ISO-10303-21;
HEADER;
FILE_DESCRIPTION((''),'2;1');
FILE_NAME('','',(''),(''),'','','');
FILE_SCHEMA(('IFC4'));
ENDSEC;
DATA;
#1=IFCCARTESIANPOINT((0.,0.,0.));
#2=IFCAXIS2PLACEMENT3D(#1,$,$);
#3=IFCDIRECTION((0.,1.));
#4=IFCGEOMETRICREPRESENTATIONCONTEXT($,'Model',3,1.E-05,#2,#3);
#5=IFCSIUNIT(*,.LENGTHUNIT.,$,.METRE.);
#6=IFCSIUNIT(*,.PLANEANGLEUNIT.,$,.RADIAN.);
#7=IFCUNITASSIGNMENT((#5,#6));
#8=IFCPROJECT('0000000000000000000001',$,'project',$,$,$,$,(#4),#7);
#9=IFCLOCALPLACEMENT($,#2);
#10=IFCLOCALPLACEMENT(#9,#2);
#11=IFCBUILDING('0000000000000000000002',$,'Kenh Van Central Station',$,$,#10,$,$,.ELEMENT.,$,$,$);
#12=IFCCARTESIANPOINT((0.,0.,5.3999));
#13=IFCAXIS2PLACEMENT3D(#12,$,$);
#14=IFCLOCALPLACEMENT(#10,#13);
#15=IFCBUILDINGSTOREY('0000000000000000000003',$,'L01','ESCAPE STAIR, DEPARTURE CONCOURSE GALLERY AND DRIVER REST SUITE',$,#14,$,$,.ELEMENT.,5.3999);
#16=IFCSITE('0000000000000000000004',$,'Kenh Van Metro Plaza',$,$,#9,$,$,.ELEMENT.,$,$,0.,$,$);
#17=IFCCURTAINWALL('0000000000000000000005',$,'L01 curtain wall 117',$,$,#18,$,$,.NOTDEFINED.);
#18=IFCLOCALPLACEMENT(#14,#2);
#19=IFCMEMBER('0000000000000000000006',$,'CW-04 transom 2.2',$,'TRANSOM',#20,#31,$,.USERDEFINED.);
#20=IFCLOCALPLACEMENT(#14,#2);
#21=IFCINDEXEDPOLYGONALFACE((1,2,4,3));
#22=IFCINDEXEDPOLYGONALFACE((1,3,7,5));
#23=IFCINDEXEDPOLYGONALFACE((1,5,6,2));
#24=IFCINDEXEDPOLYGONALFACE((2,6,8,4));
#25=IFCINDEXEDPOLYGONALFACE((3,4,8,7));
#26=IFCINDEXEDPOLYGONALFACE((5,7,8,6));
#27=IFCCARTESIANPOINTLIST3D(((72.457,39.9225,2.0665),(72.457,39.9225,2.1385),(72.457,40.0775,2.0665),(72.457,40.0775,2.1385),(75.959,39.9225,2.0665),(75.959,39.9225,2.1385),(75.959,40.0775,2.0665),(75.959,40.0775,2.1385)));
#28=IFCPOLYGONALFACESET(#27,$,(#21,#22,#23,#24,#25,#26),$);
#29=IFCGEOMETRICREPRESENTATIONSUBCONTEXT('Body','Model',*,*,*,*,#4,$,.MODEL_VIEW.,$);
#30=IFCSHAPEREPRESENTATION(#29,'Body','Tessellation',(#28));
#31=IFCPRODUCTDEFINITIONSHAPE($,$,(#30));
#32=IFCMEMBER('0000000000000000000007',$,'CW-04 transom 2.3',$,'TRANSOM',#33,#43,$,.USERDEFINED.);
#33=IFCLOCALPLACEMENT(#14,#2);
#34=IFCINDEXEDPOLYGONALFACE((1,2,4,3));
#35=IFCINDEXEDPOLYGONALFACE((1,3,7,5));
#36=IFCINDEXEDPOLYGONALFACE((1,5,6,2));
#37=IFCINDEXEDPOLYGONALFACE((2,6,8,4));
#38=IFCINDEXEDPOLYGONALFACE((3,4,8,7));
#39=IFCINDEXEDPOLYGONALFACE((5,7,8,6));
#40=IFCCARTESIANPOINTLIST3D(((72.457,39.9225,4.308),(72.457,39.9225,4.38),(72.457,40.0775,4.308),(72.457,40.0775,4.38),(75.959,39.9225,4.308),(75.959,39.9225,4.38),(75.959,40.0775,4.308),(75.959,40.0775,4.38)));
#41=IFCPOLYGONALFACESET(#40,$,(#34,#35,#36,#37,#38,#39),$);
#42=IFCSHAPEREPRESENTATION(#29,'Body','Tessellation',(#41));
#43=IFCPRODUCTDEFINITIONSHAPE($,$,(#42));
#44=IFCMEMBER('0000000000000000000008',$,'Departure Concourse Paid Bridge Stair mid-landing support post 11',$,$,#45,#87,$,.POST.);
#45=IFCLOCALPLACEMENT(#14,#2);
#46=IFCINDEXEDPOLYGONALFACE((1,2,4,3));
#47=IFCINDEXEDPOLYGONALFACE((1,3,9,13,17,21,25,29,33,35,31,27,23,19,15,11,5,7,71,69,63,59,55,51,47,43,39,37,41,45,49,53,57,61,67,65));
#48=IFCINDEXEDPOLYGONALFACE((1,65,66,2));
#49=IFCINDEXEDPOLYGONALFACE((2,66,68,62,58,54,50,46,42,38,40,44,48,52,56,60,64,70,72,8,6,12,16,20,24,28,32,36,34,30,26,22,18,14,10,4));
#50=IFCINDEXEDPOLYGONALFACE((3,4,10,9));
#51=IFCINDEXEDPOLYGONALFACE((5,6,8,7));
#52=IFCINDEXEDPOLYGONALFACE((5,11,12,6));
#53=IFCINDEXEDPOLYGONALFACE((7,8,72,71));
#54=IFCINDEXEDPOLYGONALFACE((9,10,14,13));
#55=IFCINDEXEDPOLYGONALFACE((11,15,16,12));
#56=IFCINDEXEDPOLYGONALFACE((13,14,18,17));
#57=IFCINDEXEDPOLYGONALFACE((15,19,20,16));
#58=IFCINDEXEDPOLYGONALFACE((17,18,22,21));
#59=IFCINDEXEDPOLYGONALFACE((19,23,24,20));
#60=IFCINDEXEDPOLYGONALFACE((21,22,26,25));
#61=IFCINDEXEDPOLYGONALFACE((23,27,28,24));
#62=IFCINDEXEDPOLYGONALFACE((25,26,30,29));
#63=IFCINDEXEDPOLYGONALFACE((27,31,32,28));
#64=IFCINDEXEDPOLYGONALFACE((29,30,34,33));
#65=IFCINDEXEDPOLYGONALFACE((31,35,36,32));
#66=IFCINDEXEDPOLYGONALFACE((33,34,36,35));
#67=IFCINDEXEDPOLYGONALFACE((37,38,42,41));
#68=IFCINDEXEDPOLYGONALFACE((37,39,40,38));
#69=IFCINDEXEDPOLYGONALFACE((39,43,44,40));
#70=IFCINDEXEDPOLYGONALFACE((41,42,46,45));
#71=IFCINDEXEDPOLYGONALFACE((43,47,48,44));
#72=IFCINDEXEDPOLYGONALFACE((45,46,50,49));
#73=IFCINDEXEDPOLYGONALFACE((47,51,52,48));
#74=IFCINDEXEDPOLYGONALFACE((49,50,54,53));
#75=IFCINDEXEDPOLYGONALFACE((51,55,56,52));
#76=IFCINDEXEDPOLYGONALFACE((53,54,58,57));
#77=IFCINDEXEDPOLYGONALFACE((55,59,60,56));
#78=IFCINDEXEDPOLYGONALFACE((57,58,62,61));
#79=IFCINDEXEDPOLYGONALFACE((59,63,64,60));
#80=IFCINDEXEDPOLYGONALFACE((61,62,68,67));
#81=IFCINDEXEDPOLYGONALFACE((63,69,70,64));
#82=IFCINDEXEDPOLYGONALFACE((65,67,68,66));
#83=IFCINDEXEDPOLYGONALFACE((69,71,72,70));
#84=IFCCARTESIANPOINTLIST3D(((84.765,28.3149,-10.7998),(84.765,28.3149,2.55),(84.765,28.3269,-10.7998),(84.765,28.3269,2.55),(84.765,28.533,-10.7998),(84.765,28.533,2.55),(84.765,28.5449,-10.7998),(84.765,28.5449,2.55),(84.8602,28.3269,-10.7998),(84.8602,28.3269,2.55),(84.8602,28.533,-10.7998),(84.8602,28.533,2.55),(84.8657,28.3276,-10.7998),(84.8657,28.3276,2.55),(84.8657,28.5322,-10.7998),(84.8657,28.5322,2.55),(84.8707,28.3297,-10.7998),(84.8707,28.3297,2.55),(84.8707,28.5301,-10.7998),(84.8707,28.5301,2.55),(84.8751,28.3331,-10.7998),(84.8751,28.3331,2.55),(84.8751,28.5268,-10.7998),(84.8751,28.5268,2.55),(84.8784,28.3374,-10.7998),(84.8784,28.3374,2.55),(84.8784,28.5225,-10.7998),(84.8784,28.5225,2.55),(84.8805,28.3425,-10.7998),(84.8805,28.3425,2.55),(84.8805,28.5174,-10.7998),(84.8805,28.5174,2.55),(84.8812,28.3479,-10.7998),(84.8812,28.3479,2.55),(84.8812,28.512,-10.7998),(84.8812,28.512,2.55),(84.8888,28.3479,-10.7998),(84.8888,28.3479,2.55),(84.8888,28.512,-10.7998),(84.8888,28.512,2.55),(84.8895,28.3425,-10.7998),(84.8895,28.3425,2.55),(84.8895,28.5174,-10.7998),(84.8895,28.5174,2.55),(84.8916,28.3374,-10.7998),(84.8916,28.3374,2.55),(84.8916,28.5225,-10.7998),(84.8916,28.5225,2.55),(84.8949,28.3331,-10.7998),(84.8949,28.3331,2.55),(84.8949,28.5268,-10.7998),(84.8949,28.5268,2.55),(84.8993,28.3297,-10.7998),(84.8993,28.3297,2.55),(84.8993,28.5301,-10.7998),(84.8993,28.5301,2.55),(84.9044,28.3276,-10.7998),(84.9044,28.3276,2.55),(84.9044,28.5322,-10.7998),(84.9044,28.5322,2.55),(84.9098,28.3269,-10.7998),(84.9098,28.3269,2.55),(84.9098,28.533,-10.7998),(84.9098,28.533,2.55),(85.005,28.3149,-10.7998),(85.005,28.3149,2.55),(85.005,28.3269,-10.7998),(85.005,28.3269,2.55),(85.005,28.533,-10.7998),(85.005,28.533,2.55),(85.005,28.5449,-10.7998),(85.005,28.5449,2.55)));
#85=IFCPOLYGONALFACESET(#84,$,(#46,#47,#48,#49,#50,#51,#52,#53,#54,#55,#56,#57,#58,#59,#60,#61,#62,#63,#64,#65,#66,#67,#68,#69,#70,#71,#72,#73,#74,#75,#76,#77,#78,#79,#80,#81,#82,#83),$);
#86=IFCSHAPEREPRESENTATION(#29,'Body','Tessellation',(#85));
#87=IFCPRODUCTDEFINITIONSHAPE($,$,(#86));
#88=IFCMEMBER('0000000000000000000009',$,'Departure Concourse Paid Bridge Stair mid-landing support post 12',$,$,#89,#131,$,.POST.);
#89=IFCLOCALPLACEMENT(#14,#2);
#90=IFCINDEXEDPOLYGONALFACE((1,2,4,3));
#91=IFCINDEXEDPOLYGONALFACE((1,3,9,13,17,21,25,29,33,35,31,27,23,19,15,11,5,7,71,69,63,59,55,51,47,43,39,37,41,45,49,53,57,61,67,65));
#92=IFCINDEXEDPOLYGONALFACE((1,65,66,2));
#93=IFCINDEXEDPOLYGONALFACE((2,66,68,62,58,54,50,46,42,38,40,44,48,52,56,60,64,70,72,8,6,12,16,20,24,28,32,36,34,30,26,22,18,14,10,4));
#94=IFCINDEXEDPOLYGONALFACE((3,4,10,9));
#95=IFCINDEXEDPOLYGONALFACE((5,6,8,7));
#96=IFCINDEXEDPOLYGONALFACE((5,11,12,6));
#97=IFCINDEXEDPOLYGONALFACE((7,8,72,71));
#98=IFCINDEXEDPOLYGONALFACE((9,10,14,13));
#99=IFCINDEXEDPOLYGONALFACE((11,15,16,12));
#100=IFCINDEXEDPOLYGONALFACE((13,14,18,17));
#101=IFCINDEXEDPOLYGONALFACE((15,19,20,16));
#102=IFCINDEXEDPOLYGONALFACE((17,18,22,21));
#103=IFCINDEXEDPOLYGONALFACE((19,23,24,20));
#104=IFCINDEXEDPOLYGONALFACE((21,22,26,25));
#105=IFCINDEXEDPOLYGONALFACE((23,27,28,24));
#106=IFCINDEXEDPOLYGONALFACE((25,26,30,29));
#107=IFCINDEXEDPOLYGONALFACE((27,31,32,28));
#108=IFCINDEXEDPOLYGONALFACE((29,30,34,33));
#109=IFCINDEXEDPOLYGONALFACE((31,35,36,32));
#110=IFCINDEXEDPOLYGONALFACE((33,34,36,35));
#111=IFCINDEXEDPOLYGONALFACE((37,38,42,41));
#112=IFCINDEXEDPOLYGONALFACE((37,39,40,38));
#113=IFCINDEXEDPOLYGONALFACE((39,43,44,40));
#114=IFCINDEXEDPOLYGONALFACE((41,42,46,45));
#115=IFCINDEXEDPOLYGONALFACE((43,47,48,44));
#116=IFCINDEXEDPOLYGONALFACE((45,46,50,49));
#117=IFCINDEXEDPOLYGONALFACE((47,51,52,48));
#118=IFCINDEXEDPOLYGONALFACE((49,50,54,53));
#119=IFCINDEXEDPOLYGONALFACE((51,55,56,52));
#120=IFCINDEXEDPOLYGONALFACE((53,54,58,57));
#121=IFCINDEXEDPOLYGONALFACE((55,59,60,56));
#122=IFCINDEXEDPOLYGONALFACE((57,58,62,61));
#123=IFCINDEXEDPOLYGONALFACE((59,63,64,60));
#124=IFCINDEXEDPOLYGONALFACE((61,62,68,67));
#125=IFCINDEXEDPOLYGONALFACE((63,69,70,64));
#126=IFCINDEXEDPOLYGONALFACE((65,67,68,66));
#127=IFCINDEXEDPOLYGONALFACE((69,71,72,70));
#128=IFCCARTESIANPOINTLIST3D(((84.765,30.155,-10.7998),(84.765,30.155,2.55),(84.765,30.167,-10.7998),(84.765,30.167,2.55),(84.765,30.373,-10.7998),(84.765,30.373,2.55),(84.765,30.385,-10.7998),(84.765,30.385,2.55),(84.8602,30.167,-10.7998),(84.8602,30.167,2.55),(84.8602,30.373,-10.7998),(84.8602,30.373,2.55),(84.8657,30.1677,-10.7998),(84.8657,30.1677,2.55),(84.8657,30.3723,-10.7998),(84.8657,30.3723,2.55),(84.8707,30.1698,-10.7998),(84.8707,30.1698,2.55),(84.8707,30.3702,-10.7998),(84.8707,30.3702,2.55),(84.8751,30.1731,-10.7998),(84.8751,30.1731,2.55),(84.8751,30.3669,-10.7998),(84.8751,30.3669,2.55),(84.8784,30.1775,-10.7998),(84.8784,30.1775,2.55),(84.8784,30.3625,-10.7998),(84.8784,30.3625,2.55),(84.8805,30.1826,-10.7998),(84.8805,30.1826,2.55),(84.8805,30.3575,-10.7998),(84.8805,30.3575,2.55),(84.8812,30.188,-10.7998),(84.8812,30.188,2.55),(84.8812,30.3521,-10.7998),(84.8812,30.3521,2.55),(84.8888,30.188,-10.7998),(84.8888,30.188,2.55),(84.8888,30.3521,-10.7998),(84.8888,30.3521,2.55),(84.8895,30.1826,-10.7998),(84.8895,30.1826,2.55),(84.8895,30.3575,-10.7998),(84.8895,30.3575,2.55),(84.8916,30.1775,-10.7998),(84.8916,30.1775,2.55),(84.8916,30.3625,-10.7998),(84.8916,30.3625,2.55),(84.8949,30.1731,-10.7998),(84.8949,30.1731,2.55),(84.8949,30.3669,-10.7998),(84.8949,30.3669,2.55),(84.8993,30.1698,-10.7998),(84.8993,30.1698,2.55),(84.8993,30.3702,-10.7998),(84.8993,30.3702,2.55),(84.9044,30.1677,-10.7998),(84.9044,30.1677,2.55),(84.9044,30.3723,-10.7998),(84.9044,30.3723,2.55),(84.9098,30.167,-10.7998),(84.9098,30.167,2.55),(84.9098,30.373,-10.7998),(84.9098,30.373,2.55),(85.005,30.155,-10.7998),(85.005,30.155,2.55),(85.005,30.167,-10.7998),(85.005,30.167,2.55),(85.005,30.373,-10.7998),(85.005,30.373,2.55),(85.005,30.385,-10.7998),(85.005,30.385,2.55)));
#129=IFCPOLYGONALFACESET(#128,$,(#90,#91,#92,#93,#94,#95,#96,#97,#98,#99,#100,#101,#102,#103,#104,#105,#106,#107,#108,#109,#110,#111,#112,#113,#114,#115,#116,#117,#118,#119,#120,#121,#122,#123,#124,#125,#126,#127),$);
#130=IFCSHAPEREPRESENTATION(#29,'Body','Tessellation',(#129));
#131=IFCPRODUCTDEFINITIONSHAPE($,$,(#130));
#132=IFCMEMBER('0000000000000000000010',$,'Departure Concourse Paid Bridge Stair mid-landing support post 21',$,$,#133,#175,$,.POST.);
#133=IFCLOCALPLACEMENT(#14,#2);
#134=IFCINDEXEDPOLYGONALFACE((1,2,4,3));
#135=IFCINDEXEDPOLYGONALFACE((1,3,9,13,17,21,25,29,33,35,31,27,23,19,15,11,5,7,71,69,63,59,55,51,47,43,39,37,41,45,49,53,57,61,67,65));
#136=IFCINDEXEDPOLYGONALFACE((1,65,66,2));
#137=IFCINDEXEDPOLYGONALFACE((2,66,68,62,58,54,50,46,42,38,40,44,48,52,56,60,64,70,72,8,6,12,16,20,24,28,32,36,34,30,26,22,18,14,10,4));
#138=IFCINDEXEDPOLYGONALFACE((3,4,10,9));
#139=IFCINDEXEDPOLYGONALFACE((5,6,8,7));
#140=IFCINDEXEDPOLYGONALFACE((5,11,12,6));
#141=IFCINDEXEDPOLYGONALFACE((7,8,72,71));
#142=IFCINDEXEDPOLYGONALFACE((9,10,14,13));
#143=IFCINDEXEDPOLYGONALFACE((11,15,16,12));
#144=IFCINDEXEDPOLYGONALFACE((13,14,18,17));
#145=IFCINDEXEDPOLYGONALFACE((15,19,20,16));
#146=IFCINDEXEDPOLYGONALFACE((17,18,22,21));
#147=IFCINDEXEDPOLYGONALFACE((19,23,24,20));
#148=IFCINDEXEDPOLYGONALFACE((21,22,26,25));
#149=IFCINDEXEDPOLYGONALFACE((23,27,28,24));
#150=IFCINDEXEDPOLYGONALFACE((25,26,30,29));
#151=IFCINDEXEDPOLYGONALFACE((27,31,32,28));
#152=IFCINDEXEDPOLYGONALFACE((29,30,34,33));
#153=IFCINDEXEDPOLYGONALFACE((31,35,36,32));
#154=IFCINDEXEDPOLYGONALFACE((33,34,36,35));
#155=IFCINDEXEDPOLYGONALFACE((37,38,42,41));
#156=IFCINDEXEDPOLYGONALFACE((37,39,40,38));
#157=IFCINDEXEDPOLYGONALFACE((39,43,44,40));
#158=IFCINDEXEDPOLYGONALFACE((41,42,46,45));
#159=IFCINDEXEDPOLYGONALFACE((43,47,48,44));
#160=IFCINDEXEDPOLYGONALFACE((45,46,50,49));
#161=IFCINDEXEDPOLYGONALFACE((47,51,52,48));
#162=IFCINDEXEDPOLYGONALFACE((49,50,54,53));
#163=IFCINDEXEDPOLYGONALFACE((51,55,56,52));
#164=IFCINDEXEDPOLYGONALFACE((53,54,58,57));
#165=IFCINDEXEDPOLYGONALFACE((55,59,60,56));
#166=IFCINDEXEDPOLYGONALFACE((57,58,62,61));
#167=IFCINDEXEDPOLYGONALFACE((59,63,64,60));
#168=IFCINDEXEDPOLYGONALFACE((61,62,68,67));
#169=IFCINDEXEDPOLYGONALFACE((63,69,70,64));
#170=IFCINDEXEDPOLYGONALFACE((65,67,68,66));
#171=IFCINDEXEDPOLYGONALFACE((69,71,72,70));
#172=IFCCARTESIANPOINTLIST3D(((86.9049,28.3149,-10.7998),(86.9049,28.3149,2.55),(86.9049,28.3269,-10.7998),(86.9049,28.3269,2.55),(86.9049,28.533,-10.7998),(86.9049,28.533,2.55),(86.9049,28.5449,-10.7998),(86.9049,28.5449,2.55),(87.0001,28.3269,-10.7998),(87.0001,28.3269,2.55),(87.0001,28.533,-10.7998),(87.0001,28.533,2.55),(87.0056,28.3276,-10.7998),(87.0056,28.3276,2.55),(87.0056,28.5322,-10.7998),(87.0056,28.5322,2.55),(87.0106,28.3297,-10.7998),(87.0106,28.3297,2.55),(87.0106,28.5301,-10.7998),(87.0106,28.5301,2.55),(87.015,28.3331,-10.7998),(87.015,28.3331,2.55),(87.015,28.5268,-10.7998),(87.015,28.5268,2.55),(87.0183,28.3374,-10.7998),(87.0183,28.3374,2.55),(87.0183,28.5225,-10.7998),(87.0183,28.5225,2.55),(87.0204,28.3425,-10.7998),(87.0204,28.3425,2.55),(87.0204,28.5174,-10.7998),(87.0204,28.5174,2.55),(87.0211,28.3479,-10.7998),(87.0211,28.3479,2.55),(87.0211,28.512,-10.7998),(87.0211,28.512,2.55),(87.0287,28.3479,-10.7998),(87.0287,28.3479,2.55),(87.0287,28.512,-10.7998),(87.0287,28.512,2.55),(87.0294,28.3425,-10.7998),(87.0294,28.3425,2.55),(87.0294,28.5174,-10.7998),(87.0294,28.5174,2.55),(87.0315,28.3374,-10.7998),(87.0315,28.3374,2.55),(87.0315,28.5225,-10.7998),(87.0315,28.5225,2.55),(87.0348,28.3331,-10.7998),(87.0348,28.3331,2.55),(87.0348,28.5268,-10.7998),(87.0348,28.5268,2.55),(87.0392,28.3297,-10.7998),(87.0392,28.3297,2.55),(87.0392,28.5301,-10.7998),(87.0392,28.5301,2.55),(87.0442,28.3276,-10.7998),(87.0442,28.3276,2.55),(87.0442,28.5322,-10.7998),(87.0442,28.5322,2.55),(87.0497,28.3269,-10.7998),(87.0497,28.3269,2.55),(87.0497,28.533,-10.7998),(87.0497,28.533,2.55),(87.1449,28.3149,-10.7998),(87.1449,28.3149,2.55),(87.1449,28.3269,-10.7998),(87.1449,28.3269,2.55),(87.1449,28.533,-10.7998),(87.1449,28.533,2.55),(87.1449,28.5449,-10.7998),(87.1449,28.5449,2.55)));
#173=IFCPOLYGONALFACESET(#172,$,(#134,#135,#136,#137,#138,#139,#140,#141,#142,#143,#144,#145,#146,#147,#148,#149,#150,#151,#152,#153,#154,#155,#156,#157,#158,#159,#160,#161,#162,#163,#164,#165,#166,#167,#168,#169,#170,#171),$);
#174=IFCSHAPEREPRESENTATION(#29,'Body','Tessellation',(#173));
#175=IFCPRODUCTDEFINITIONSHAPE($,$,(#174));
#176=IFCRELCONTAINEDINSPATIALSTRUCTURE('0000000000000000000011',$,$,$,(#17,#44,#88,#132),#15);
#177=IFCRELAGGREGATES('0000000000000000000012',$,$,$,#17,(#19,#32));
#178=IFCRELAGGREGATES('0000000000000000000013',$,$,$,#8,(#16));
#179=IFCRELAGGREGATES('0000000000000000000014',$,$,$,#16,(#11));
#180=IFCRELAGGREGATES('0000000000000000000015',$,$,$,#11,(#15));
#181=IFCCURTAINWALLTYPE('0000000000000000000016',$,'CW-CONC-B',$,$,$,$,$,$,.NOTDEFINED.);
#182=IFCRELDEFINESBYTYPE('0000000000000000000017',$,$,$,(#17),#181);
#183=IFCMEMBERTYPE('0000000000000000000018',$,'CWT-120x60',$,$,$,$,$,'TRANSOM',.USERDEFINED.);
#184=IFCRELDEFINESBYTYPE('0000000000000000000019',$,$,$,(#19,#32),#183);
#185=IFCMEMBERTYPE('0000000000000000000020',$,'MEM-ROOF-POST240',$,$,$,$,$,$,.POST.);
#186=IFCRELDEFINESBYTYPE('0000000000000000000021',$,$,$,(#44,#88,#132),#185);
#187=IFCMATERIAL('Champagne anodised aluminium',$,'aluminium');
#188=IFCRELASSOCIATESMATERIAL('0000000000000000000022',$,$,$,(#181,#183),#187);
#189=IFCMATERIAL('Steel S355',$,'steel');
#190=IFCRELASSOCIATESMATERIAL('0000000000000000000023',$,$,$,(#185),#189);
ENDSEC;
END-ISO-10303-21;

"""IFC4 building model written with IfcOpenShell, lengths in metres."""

from ifc_helpers import new_model, si_unit, direction, frame, origin, origin_2d, place, context, subcontext, project, spatial, rectangle, i_section, extrude, material, material_profile, profile_set, type_object, element, aggregate, save


model = new_model("IFC4")

# Units and contexts
model_context = context("Model", 3, precision=1e-05, world=origin(), true_north=direction((0.0, 1.0)))
body_context = subcontext(model_context, "Body", "Model", "MODEL_VIEW")
ifc_project = project(units=[si_unit("LENGTHUNIT", "METRE"), si_unit("PLANEANGLEUNIT", "RADIAN")], contexts=[model_context])

# Site, building, storey
site_placement = place(None, origin())
site = spatial("IfcSite", under=ifc_project, at=site_placement, Name="Kenh Van Metro Plaza", CompositionType="ELEMENT", RefElevation=0.0)
building_placement = place(site_placement, origin())
building = spatial("IfcBuilding", under=site, at=building_placement, Name="Kenh Van Central Station", CompositionType="ELEMENT")
storey_placement = place(building_placement, frame((0.0, 0.0, 5.3999)))
storey = spatial("IfcBuildingStorey", under=building, at=storey_placement, Name="L01", Description="ESCAPE STAIR, DEPARTURE CONCOURSE GALLERY AND DRIVER REST SUITE", CompositionType="ELEMENT", Elevation=5.3999)

# Curtain wall
ifc_material_1 = material(Name="Champagne anodised aluminium", Category="aluminium")
curtain_wall_type = type_object("IfcCurtainWallType", Name="CW-CONC-B", PredefinedType="NOTDEFINED", material=ifc_material_1)
curtain_wall_1_placement = place(storey_placement, origin())
curtain_wall_1 = element("IfcCurtainWall", 1, at=curtain_wall_1_placement, inside=storey, type_object=curtain_wall_type, Name="L01 curtain wall 117", PredefinedType="NOTDEFINED")

# Members
ifc_material_profile_1 = material_profile(ifc_material_1, rectangle(XDim=0.155, YDim=0.072, at=origin_2d()), Name="AL 155x72")
ifc_profile_set_1 = profile_set([ifc_material_profile_1], Name="Champagne anodised aluminium")
member_type_1 = type_object("IfcMemberType", Name="CWT-120x60", ElementType="TRANSOM", PredefinedType="USERDEFINED", material=ifc_profile_set_1)
member_1_placement = place(storey_placement, frame((75.959, 40.0, 2.1025), z_axis=(-1.0, 0.0, 0.0), x_axis=(0.0, -1.0, 0.0)))
member_1 = element("IfcMember", 2, at=member_1_placement, type_object=member_type_1, Name="CW-04 transom 2.2", ObjectType="TRANSOM", PredefinedType="USERDEFINED", context=body_context, shape_type="SweptSolid", body=[
    extrude(rectangle(XDim=0.155, YDim=0.072, at=origin_2d()), origin(), (0.0, 0.0, 1.0), 3.502),
])
member_2_placement = place(storey_placement, frame((75.959, 40.0, 4.344), z_axis=(-1.0, 0.0, 0.0), x_axis=(0.0, -1.0, 0.0)))
member_2 = element("IfcMember", 3, at=member_2_placement, type_object=member_type_1, Name="CW-04 transom 2.3", ObjectType="TRANSOM", PredefinedType="USERDEFINED", context=body_context, shape_type="SweptSolid", body=[
    extrude(rectangle(XDim=0.155, YDim=0.072, at=origin_2d()), origin(), (0.0, 0.0, 1.0), 3.502),
])

# Members
ifc_material_2 = material(Name="Steel S355", Category="steel")
ifc_material_profile_2 = material_profile(ifc_material_2, i_section(OverallWidth=0.24, OverallDepth=0.23, WebThickness=0.0076, FlangeThickness=0.012, FilletRadius=0.021, at=origin_2d()), Name="HEA 240")
ifc_profile_set_2 = profile_set([ifc_material_profile_2], Name="Steel S355")
member_type_2 = type_object("IfcMemberType", Name="MEM-ROOF-POST240", PredefinedType="POST", material=ifc_profile_set_2)
for number, where, z_axis, x_axis, name in (
    (4, (84.885, 28.4299, -10.7998), (0.0, 0.0, 1.0), (1.0, 0.0, 0.0), "Departure Concourse Paid Bridge Stair mid-landing support post 11"),
    (5, (84.885, 30.27, -10.7998), (0.0, 0.0, 1.0), (1.0, 0.0, 0.0), "Departure Concourse Paid Bridge Stair mid-landing support post 12"),
    (6, (87.0249, 28.4299, -10.7998), (0.0, 0.0, 1.0), (1.0, 0.0, 0.0), "Departure Concourse Paid Bridge Stair mid-landing support post 21"),
):
    element("IfcMember", number, at=place(storey_placement, frame(where, z_axis=z_axis, x_axis=x_axis)), inside=storey, type_object=member_type_2, Name=name, PredefinedType="POST", context=body_context, shape_type="SweptSolid", body=[
        extrude(i_section(OverallWidth=0.24, OverallDepth=0.23, WebThickness=0.0076, FlangeThickness=0.012, FilletRadius=0.021, at=origin_2d()), origin(), (0.0, 0.0, 1.0), 13.3499),
    ])

aggregate(curtain_wall_1, [member_1, member_2])

save(model, "model.ifc")
